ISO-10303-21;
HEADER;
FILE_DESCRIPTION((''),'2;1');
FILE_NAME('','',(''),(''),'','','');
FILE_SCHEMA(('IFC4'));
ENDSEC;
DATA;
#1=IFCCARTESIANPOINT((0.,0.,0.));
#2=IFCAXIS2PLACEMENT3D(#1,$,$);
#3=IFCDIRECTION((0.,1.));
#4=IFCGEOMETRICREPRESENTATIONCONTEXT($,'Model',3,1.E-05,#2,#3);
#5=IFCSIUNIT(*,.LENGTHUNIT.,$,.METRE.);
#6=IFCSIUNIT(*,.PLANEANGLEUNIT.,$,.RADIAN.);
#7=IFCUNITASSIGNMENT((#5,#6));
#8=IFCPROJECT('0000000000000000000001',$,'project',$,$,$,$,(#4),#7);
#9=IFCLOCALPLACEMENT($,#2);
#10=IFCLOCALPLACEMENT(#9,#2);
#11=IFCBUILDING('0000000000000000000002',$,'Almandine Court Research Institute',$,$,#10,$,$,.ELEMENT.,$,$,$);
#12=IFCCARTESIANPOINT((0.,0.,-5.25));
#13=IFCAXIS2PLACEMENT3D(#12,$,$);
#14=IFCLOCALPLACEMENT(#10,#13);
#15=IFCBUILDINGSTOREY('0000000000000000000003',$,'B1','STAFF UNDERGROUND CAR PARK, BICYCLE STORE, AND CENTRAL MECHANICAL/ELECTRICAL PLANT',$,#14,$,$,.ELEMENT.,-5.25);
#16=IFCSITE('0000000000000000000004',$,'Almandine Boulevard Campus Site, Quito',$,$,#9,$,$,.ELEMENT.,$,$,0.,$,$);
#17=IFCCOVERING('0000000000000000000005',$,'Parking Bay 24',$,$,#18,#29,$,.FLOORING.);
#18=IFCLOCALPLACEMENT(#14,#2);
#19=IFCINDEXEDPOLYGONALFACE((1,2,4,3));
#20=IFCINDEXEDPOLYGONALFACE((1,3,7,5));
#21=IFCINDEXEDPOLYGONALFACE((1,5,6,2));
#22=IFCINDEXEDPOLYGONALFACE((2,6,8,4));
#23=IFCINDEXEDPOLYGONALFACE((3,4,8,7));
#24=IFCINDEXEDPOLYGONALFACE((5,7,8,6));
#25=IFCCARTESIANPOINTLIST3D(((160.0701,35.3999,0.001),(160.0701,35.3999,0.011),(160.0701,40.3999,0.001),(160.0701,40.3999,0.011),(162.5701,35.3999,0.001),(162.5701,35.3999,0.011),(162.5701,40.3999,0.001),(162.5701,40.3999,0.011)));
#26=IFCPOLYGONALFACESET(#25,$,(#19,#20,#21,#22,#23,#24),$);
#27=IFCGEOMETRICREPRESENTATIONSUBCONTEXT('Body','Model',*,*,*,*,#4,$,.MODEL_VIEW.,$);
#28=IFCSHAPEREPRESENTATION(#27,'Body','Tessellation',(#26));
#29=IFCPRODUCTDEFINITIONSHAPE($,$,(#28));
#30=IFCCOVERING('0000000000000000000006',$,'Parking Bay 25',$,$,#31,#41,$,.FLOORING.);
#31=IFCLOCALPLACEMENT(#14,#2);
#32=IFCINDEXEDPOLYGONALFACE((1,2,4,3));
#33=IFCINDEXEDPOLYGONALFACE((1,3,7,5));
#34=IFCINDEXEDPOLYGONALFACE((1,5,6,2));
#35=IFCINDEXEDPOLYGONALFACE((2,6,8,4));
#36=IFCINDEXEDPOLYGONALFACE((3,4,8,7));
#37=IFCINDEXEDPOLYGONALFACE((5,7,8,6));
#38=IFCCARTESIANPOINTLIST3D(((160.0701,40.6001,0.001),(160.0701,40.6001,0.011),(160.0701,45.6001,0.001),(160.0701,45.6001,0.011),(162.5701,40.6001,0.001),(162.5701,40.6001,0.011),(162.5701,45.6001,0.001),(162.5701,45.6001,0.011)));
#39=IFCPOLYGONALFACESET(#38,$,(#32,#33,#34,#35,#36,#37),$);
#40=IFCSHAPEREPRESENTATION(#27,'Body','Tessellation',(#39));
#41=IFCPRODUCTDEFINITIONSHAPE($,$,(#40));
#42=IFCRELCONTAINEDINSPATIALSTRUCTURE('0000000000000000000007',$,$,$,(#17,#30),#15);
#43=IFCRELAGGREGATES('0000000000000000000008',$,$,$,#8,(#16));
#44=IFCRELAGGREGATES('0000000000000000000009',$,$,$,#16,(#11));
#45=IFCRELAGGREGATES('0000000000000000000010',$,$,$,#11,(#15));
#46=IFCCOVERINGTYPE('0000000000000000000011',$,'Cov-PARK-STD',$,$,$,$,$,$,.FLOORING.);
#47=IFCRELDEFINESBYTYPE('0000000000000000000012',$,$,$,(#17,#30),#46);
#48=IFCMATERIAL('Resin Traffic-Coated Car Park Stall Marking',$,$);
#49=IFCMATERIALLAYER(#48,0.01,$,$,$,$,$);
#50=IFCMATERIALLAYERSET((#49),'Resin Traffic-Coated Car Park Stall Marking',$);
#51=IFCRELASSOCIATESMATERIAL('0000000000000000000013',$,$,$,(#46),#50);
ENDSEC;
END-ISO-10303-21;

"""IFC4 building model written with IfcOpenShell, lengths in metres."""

from ifc_helpers import new_model, si_unit, direction, frame, origin, origin_2d, place, context, subcontext, project, spatial, rectangle, extrude, material, layer, layer_set, type_object, element, save


model = new_model("IFC4")

# Units and contexts
model_context = context("Model", 3, precision=1e-05, world=origin(), true_north=direction((0.0, 1.0)))
body_context = subcontext(model_context, "Body", "Model", "MODEL_VIEW")
ifc_project = project(units=[si_unit("LENGTHUNIT", "METRE"), si_unit("PLANEANGLEUNIT", "RADIAN")], contexts=[model_context])

# Site, building, storey
site_placement = place(None, origin())
site = spatial("IfcSite", under=ifc_project, at=site_placement, Name="Almandine Boulevard Campus Site, Quito", CompositionType="ELEMENT", RefElevation=0.0)
building_placement = place(site_placement, origin())
building = spatial("IfcBuilding", under=site, at=building_placement, Name="Almandine Court Research Institute", CompositionType="ELEMENT")
storey_placement = place(building_placement, frame((0.0, 0.0, -5.25)))
storey = spatial("IfcBuildingStorey", under=building, at=storey_placement, Name="B1", Description="STAFF UNDERGROUND CAR PARK, BICYCLE STORE, AND CENTRAL MECHANICAL/ELECTRICAL PLANT", CompositionType="ELEMENT", Elevation=-5.25)

# Coverings
ifc_material_1 = material(Name="Resin Traffic-Coated Car Park Stall Marking")
ifc_layer = layer(ifc_material_1, 0.01)
ifc_layer_set = layer_set([ifc_layer], Name="Resin Traffic-Coated Car Park Stall Marking")
covering_type = type_object("IfcCoveringType", Name="Cov-PARK-STD", PredefinedType="FLOORING", material=ifc_layer_set)
for number, where, z_axis, x_axis, name in (
    (1, (161.3201, 37.8999, 0.001), (0.0, 0.0, 1.0), (0.0, 1.0, 0.0), "Parking Bay 24"),
    (2, (161.3201, 43.1001, 0.001), (0.0, 0.0, 1.0), (0.0, 1.0, 0.0), "Parking Bay 25"),
):
    element("IfcCovering", number, at=place(storey_placement, frame(where, z_axis=z_axis, x_axis=x_axis)), inside=storey, type_object=covering_type, Name=name, PredefinedType="FLOORING", context=body_context, shape_type="SweptSolid", body=[
        extrude(rectangle(XDim=5.0, YDim=2.5, at=origin_2d()), origin(), (0.0, 0.0, 1.0), 0.01),
    ])

save(model, "model.ifc")
